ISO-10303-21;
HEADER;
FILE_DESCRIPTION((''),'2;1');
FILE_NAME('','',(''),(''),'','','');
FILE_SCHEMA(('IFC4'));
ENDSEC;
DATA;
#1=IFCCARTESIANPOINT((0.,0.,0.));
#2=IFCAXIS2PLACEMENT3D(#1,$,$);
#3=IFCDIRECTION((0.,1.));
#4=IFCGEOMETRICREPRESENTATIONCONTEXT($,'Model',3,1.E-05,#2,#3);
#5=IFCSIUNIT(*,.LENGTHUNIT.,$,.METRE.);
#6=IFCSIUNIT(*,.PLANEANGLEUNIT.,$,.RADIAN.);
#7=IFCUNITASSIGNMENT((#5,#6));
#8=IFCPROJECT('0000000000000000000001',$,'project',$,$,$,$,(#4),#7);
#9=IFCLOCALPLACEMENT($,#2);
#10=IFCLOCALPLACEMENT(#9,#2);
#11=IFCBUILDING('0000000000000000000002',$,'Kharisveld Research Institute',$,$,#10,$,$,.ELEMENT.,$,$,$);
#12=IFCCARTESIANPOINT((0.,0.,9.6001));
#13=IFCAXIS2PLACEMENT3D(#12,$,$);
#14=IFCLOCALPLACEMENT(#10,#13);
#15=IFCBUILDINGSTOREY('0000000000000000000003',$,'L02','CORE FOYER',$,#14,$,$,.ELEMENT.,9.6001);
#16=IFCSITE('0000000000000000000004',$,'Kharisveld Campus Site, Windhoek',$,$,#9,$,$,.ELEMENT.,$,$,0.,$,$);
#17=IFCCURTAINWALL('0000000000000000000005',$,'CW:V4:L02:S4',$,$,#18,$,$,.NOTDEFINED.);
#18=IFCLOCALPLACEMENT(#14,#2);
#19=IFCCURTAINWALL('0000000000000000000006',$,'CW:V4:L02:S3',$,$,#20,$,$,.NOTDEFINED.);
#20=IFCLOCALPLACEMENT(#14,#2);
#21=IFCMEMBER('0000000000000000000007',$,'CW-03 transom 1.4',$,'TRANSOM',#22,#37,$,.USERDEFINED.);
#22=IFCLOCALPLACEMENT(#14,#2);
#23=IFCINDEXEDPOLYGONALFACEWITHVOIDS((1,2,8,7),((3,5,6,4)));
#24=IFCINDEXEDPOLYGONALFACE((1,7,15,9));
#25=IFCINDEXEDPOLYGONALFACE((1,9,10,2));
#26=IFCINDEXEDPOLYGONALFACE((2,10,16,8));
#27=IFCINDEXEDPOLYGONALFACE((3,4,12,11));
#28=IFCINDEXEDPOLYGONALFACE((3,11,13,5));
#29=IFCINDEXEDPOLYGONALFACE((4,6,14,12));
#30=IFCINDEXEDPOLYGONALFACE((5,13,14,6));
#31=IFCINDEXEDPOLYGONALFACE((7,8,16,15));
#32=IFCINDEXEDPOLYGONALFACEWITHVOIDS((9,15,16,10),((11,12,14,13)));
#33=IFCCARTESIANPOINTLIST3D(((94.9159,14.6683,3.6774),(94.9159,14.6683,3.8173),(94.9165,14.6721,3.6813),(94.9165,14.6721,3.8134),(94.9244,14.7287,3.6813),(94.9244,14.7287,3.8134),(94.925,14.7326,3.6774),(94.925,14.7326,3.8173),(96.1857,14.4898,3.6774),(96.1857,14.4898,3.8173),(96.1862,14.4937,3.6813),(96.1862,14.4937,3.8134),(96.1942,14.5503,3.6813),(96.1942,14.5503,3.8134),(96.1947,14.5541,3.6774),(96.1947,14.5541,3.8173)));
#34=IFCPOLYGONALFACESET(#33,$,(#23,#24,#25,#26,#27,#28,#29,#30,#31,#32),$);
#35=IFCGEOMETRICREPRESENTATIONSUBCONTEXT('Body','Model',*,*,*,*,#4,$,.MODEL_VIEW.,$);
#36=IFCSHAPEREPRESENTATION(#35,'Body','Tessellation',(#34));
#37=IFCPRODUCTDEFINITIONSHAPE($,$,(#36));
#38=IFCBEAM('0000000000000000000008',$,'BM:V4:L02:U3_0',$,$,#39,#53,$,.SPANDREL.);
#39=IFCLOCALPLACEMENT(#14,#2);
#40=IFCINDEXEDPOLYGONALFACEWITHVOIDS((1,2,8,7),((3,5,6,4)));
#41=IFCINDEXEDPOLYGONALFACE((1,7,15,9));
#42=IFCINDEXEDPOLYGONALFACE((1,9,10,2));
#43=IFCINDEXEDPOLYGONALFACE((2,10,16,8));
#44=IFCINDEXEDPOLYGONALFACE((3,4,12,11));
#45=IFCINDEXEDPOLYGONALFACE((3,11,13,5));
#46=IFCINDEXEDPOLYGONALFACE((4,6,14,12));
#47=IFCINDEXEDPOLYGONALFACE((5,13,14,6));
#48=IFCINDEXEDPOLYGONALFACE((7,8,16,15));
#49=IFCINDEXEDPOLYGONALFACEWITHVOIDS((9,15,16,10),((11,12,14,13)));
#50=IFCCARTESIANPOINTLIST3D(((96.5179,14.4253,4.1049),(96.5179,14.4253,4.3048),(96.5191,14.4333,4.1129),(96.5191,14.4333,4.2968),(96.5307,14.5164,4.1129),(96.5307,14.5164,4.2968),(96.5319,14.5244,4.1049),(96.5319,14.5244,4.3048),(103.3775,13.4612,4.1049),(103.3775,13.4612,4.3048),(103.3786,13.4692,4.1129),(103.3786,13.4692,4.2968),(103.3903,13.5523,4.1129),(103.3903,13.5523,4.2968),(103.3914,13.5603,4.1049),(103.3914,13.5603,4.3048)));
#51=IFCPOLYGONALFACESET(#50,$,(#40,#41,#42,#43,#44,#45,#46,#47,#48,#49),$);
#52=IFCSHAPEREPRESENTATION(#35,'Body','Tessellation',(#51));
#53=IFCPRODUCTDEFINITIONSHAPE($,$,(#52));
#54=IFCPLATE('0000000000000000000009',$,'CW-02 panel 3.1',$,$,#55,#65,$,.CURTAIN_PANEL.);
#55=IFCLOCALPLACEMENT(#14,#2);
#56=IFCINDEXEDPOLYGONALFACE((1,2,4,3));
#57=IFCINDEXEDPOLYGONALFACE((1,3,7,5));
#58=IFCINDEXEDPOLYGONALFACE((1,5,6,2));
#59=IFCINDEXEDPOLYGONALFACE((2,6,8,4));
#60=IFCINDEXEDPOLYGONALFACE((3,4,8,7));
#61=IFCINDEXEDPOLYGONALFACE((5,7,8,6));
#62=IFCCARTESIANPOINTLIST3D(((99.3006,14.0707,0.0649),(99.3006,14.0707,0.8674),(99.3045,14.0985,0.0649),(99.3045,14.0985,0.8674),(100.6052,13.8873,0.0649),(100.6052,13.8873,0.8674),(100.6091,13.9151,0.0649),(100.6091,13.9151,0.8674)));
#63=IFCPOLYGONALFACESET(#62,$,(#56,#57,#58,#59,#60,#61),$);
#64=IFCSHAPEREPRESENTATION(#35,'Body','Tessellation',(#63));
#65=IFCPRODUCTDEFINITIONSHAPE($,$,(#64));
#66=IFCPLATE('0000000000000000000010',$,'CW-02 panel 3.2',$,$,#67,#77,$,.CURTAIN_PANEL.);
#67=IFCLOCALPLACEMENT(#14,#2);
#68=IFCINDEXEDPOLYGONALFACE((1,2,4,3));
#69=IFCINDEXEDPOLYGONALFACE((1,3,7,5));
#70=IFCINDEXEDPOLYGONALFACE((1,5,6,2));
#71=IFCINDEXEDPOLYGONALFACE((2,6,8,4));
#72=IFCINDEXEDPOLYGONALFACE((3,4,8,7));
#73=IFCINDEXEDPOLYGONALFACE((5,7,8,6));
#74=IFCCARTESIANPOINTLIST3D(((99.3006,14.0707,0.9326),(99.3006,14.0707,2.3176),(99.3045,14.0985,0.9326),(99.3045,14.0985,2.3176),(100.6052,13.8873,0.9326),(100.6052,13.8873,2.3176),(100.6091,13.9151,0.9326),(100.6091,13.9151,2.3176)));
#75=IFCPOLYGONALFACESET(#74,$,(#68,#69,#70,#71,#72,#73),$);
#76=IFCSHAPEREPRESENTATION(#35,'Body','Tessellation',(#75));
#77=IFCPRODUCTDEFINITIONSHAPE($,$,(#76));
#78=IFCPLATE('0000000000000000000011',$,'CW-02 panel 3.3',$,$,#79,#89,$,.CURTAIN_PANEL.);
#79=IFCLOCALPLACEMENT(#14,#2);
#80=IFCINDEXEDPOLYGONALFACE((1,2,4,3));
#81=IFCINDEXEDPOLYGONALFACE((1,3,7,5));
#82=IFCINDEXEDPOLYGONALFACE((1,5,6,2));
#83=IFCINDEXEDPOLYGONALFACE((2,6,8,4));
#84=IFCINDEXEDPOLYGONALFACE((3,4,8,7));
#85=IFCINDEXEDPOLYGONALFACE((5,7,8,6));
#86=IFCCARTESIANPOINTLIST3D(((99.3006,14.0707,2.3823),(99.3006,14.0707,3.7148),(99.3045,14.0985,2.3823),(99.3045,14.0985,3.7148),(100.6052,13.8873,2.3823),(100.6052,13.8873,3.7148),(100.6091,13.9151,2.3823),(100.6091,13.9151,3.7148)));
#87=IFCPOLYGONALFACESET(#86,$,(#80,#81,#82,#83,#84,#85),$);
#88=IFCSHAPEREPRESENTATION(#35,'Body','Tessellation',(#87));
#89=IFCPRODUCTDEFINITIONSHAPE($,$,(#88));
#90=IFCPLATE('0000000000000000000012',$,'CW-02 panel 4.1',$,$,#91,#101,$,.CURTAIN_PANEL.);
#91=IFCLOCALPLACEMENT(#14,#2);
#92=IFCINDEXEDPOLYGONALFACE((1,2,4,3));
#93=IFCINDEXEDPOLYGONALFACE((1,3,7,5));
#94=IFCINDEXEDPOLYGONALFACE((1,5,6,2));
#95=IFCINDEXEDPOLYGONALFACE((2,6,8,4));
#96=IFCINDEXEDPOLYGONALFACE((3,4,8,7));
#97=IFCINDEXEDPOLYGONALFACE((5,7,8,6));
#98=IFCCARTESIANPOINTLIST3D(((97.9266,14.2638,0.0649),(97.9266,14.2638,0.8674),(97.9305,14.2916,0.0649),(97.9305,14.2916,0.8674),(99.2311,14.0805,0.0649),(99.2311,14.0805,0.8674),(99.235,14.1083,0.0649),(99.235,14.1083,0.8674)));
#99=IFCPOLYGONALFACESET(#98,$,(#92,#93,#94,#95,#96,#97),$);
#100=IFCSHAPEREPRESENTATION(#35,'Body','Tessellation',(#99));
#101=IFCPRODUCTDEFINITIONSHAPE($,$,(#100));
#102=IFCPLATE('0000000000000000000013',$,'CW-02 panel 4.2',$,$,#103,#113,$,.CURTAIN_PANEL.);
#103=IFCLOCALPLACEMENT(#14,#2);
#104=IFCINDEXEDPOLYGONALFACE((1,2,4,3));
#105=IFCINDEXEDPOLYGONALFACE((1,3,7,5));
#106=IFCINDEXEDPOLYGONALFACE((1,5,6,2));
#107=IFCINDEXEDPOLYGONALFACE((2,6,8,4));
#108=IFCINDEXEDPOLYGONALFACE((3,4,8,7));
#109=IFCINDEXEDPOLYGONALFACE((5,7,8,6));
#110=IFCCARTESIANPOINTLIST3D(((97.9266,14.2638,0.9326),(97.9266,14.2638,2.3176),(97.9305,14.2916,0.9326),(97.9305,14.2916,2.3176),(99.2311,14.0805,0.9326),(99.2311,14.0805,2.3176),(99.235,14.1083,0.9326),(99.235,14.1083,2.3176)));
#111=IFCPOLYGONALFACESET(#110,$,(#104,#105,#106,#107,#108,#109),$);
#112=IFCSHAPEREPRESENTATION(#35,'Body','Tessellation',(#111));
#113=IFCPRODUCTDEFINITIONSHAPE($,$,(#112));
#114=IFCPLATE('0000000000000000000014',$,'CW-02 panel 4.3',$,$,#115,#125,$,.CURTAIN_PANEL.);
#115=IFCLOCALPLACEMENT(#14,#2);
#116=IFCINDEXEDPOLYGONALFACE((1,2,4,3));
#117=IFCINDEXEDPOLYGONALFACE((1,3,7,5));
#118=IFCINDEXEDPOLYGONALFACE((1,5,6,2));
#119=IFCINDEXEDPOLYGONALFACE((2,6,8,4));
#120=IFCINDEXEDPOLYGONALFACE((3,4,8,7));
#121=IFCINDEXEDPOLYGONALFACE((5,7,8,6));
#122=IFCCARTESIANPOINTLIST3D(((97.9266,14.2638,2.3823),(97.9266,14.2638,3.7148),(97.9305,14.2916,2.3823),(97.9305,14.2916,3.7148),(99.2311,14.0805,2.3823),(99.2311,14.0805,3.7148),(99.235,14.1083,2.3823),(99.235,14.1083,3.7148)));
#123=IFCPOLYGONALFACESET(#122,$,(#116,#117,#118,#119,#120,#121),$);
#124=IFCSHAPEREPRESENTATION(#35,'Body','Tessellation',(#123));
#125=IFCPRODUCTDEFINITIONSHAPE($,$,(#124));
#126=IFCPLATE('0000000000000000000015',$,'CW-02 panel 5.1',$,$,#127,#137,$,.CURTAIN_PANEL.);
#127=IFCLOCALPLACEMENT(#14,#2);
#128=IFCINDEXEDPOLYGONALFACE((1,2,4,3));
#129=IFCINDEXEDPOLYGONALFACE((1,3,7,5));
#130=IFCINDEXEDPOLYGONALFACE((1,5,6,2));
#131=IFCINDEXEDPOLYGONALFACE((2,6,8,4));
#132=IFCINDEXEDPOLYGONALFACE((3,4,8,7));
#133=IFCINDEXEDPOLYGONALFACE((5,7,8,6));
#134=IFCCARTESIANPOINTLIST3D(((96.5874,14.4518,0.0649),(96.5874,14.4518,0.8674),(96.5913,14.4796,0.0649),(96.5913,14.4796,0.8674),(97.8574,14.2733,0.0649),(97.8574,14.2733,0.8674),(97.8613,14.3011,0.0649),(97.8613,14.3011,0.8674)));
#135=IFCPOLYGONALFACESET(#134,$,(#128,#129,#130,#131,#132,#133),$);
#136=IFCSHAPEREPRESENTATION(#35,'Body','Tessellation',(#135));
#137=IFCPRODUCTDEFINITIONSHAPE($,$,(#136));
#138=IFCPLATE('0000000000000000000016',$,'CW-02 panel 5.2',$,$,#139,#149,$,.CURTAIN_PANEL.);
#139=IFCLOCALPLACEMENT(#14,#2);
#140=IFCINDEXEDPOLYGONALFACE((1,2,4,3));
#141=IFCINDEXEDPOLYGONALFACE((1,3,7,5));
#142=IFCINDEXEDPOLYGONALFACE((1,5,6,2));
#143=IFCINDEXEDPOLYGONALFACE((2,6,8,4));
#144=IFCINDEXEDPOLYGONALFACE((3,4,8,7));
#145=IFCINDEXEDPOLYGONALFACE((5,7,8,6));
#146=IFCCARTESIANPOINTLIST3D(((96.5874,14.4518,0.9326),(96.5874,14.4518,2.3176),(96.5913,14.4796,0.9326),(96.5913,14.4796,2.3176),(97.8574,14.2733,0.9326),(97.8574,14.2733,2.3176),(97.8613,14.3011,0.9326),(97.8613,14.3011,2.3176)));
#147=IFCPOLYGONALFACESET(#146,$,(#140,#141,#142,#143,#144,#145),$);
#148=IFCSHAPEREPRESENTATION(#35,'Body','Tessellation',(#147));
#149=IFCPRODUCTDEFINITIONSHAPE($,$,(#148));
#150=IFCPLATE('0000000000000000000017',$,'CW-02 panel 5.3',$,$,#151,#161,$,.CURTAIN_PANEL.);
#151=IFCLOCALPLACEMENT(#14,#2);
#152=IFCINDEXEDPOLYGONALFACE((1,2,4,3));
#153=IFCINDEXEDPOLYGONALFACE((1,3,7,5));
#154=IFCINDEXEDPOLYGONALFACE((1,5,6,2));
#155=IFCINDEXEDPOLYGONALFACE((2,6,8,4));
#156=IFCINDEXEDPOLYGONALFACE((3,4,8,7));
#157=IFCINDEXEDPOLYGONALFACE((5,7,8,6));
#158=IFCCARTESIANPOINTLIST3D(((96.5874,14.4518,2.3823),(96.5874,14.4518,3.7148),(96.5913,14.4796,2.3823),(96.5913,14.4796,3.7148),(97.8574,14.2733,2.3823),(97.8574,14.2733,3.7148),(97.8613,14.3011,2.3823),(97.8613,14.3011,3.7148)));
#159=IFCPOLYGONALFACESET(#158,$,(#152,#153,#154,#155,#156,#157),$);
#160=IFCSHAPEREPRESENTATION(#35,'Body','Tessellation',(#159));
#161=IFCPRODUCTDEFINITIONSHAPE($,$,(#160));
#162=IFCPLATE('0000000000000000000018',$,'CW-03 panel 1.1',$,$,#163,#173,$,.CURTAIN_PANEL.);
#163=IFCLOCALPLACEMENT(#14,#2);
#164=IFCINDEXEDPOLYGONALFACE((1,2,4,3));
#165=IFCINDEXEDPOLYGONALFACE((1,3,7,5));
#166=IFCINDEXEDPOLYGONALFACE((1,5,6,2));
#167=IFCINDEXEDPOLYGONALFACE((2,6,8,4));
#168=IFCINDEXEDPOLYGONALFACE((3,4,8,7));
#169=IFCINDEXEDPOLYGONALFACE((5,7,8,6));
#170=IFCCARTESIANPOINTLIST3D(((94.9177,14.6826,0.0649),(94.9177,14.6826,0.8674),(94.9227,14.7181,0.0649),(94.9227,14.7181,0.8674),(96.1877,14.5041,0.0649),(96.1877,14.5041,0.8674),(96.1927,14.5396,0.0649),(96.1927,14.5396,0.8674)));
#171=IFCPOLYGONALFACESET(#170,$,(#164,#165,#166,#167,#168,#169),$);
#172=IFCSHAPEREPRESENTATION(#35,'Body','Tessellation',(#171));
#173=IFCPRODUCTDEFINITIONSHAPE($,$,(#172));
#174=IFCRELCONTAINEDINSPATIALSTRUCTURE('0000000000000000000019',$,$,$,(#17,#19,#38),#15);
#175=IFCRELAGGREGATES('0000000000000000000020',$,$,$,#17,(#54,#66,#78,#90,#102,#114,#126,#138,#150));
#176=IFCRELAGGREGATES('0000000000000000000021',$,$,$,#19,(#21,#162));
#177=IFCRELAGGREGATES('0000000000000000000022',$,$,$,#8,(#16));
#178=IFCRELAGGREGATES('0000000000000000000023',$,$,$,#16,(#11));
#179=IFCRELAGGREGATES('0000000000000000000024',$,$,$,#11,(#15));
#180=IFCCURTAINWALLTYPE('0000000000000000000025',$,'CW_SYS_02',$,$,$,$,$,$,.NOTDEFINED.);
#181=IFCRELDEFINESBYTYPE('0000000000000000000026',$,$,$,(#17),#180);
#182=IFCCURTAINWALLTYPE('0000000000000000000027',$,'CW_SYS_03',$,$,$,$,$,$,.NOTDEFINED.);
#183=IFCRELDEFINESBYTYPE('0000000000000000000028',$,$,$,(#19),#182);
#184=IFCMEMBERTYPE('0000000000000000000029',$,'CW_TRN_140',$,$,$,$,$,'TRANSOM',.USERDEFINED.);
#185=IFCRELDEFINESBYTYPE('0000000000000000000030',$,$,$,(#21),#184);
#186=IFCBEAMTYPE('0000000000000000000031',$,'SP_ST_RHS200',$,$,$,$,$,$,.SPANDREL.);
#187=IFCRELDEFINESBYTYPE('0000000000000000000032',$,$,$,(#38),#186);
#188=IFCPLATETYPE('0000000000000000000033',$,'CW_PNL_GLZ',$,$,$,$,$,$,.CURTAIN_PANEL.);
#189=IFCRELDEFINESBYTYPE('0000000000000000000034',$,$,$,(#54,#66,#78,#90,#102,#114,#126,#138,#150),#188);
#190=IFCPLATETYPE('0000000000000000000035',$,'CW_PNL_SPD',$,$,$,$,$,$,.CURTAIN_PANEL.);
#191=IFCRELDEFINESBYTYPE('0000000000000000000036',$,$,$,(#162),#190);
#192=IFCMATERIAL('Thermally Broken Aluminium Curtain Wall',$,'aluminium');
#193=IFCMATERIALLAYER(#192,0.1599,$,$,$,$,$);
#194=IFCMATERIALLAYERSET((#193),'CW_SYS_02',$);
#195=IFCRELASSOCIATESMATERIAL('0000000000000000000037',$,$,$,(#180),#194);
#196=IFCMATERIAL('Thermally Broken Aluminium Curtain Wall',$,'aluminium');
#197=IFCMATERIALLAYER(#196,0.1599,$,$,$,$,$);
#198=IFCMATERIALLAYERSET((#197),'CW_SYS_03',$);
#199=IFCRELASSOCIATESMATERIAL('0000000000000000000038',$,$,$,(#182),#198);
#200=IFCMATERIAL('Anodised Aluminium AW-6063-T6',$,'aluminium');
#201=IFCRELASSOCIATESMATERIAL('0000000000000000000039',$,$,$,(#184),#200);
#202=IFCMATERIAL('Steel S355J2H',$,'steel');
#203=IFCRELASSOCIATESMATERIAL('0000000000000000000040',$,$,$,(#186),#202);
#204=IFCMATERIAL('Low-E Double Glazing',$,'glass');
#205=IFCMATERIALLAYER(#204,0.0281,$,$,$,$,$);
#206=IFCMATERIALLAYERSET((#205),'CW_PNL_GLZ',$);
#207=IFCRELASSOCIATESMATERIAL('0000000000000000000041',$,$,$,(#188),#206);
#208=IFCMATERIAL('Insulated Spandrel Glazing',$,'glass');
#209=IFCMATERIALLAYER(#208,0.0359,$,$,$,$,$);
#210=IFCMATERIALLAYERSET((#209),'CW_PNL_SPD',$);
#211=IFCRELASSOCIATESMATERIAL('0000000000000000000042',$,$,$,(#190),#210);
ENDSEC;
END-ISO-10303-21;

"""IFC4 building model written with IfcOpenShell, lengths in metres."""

from ifc_helpers import new_model, si_unit, direction, frame, origin, origin_2d, place, context, subcontext, project, spatial, rectangle, hollow_rectangle, extrude, material, layer, layer_set, material_profile, profile_set, type_object, element, aggregate, save


model = new_model("IFC4")

# Units and contexts
model_context = context("Model", 3, precision=1e-05, world=origin(), true_north=direction((0.0, 1.0)))
body_context = subcontext(model_context, "Body", "Model", "MODEL_VIEW")
ifc_project = project(units=[si_unit("LENGTHUNIT", "METRE"), si_unit("PLANEANGLEUNIT", "RADIAN")], contexts=[model_context])

# Site, building, storey
site_placement = place(None, origin())
site = spatial("IfcSite", under=ifc_project, at=site_placement, Name="Kharisveld Campus Site, Windhoek", CompositionType="ELEMENT", RefElevation=0.0)
building_placement = place(site_placement, origin())
building = spatial("IfcBuilding", under=site, at=building_placement, Name="Kharisveld Research Institute", CompositionType="ELEMENT")
storey_placement = place(building_placement, frame((0.0, 0.0, 9.6001)))
storey = spatial("IfcBuildingStorey", under=building, at=storey_placement, Name="L02", Description="CORE FOYER", CompositionType="ELEMENT", Elevation=9.6001)

# Curtain wall
ifc_material_1 = material(Name="Thermally Broken Aluminium Curtain Wall", Category="aluminium")
ifc_layer_1 = layer(ifc_material_1, 0.1599)
ifc_layer_set_1 = layer_set([ifc_layer_1], Name="CW_SYS_02")
curtain_wall_type_1 = type_object("IfcCurtainWallType", Name="CW_SYS_02", PredefinedType="NOTDEFINED", material=ifc_layer_set_1)
curtain_wall_1_placement = place(storey_placement, origin())
curtain_wall_1 = element("IfcCurtainWall", 1, at=curtain_wall_1_placement, inside=storey, type_object=curtain_wall_type_1, Name="CW:V4:L02:S4", PredefinedType="NOTDEFINED")

# Curtain wall
ifc_material_2 = material(Name="Thermally Broken Aluminium Curtain Wall", Category="aluminium")
ifc_layer_2 = layer(ifc_material_2, 0.1599)
ifc_layer_set_2 = layer_set([ifc_layer_2], Name="CW_SYS_03")
curtain_wall_type_2 = type_object("IfcCurtainWallType", Name="CW_SYS_03", PredefinedType="NOTDEFINED", material=ifc_layer_set_2)
curtain_wall_2_placement = place(storey_placement, origin())
curtain_wall_2 = element("IfcCurtainWall", 2, at=curtain_wall_2_placement, inside=storey, type_object=curtain_wall_type_2, Name="CW:V4:L02:S3", PredefinedType="NOTDEFINED")

# Member
ifc_material_3 = material(Name="Anodised Aluminium AW-6063-T6", Category="aluminium")
ifc_material_profile_1 = material_profile(ifc_material_3, hollow_rectangle(XDim=0.0649, YDim=0.1399, WallThickness=0.0039, at=origin_2d()))
ifc_profile_set_1 = profile_set([ifc_material_profile_1], Name="Anodised Aluminium AW-6063-T6")
member_type_1 = type_object("IfcMemberType", Name="CW_TRN_140", ElementType="TRANSOM", PredefinedType="USERDEFINED", material=ifc_profile_set_1)
member_1_placement = place(storey_placement, frame((96.1902, 14.522, 3.7473), z_axis=(-0.990267, 0.139182, 0.0), x_axis=(-0.139182, -0.990267, 0.0)))
member_1 = element("IfcMember", 3, at=member_1_placement, type_object=member_type_1, Name="CW-03 transom 1.4", ObjectType="TRANSOM", PredefinedType="USERDEFINED", context=body_context, shape_type="SweptSolid", body=[
    extrude(hollow_rectangle(XDim=0.0649, YDim=0.1399, WallThickness=0.0039, at=origin_2d()), origin(), (0.0, 0.0, 1.0), 1.2822),
])

# Beam
ifc_material_4 = material(Name="Steel S355J2H", Category="steel")
ifc_material_profile_2 = material_profile(ifc_material_4, hollow_rectangle(XDim=0.1001, YDim=0.2, WallThickness=0.0081, at=origin_2d()))
ifc_profile_set_2 = profile_set([ifc_material_profile_2], Name="Steel S355J2H")
beam_type = type_object("IfcBeamType", Name="SP_ST_RHS200", PredefinedType="SPANDREL", material=ifc_profile_set_2)
beam_placement = place(storey_placement, frame((96.5249, 14.4749, 4.2048), z_axis=(0.990267, -0.139181, 0.0), x_axis=(0.139181, 0.990267, 0.0)))
element("IfcBeam", 4, at=beam_placement, inside=storey, type_object=beam_type, Name="BM:V4:L02:U3_0", PredefinedType="SPANDREL", context=body_context, shape_type="SweptSolid", body=[
    extrude(hollow_rectangle(XDim=0.1001, YDim=0.2, WallThickness=0.0081, at=origin_2d()), origin(), (0.0, 0.0, 1.0), 6.927),
])

# Plates
ifc_material_5 = material(Name="Low-E Double Glazing", Category="glass")
ifc_layer_3 = layer(ifc_material_5, 0.0281)
ifc_layer_set_3 = layer_set([ifc_layer_3], Name="CW_PNL_GLZ")
plate_type_1 = type_object("IfcPlateType", Name="CW_PNL_GLZ", PredefinedType="CURTAIN_PANEL", material=ifc_layer_set_3)
plate_1_placement = place(storey_placement, frame((99.9548, 13.9929, 0.0649), z_axis=(0.0, 0.0, 1.0), x_axis=(-0.990268, 0.139173, 0.0)))
plate_1 = element("IfcPlate", 5, at=plate_1_placement, type_object=plate_type_1, Name="CW-02 panel 3.1", PredefinedType="CURTAIN_PANEL", context=body_context, shape_type="SweptSolid", body=[
    extrude(rectangle(XDim=1.3174, YDim=0.0281, at=origin_2d()), origin(), (0.0, 0.0, 1.0), 0.8025),
])
plate_2_placement = place(storey_placement, frame((99.9548, 13.9929, 0.9326), z_axis=(0.0, 0.0, 1.0), x_axis=(-0.990268, 0.139173, 0.0)))
plate_2 = element("IfcPlate", 6, at=plate_2_placement, type_object=plate_type_1, Name="CW-02 panel 3.2", PredefinedType="CURTAIN_PANEL", context=body_context, shape_type="SweptSolid", body=[
    extrude(rectangle(XDim=1.3174, YDim=0.0281, at=origin_2d()), origin(), (0.0, 0.0, 1.0), 1.385),
])
plate_3_placement = place(storey_placement, frame((99.9548, 13.9929, 2.3823), z_axis=(0.0, 0.0, 1.0), x_axis=(-0.990268, 0.139173, 0.0)))
plate_3 = element("IfcPlate", 7, at=plate_3_placement, type_object=plate_type_1, Name="CW-02 panel 3.3", PredefinedType="CURTAIN_PANEL", context=body_context, shape_type="SweptSolid", body=[
    extrude(rectangle(XDim=1.3174, YDim=0.0281, at=origin_2d()), origin(), (0.0, 0.0, 1.0), 1.3325),
])
plate_4_placement = place(storey_placement, frame((98.5808, 14.186, 0.0649), z_axis=(0.0, 0.0, 1.0), x_axis=(-0.990268, 0.139173, 0.0)))
plate_4 = element("IfcPlate", 8, at=plate_4_placement, type_object=plate_type_1, Name="CW-02 panel 4.1", PredefinedType="CURTAIN_PANEL", context=body_context, shape_type="SweptSolid", body=[
    extrude(rectangle(XDim=1.3174, YDim=0.0281, at=origin_2d()), origin(), (0.0, 0.0, 1.0), 0.8025),
])
plate_5_placement = place(storey_placement, frame((98.5808, 14.186, 0.9326), z_axis=(0.0, 0.0, 1.0), x_axis=(-0.990268, 0.139173, 0.0)))
plate_5 = element("IfcPlate", 9, at=plate_5_placement, type_object=plate_type_1, Name="CW-02 panel 4.2", PredefinedType="CURTAIN_PANEL", context=body_context, shape_type="SweptSolid", body=[
    extrude(rectangle(XDim=1.3174, YDim=0.0281, at=origin_2d()), origin(), (0.0, 0.0, 1.0), 1.385),
])
plate_6_placement = place(storey_placement, frame((98.5808, 14.186, 2.3823), z_axis=(0.0, 0.0, 1.0), x_axis=(-0.990268, 0.139173, 0.0)))
plate_6 = element("IfcPlate", 10, at=plate_6_placement, type_object=plate_type_1, Name="CW-02 panel 4.3", PredefinedType="CURTAIN_PANEL", context=body_context, shape_type="SweptSolid", body=[
    extrude(rectangle(XDim=1.3174, YDim=0.0281, at=origin_2d()), origin(), (0.0, 0.0, 1.0), 1.3325),
])
plate_7_placement = place(storey_placement, frame((97.2244, 14.3765, 0.0649), z_axis=(0.0, 0.0, 1.0), x_axis=(-0.990268, 0.139173, 0.0)))
plate_7 = element("IfcPlate", 11, at=plate_7_placement, type_object=plate_type_1, Name="CW-02 panel 5.1", PredefinedType="CURTAIN_PANEL", context=body_context, shape_type="SweptSolid", body=[
    extrude(rectangle(XDim=1.2825, YDim=0.0281, at=origin_2d()), origin(), (0.0, 0.0, 1.0), 0.8025),
])
plate_8_placement = place(storey_placement, frame((97.2244, 14.3765, 0.9326), z_axis=(0.0, 0.0, 1.0), x_axis=(-0.990268, 0.139173, 0.0)))
plate_8 = element("IfcPlate", 12, at=plate_8_placement, type_object=plate_type_1, Name="CW-02 panel 5.2", PredefinedType="CURTAIN_PANEL", context=body_context, shape_type="SweptSolid", body=[
    extrude(rectangle(XDim=1.2825, YDim=0.0281, at=origin_2d()), origin(), (0.0, 0.0, 1.0), 1.385),
])
plate_9_placement = place(storey_placement, frame((97.2244, 14.3765, 2.3823), z_axis=(0.0, 0.0, 1.0), x_axis=(-0.990268, 0.139173, 0.0)))
plate_9 = element("IfcPlate", 13, at=plate_9_placement, type_object=plate_type_1, Name="CW-02 panel 5.3", PredefinedType="CURTAIN_PANEL", context=body_context, shape_type="SweptSolid", body=[
    extrude(rectangle(XDim=1.2825, YDim=0.0281, at=origin_2d()), origin(), (0.0, 0.0, 1.0), 1.3325),
])
aggregate(curtain_wall_1, [plate_1, plate_2, plate_3, plate_4, plate_5, plate_6, plate_7, plate_8, plate_9])
ifc_material_6 = material(Name="Insulated Spandrel Glazing", Category="glass")
ifc_layer_4 = layer(ifc_material_6, 0.0359)
ifc_layer_set_4 = layer_set([ifc_layer_4], Name="CW_PNL_SPD")
plate_type_2 = type_object("IfcPlateType", Name="CW_PNL_SPD", PredefinedType="CURTAIN_PANEL", material=ifc_layer_set_4)
plate_10_placement = place(storey_placement, frame((95.5552, 14.6111, 0.0649), z_axis=(0.0, 0.0, 1.0), x_axis=(-0.990268, 0.139173, 0.0)))
plate_10 = element("IfcPlate", 14, at=plate_10_placement, type_object=plate_type_2, Name="CW-03 panel 1.1", PredefinedType="CURTAIN_PANEL", context=body_context, shape_type="SweptSolid", body=[
    extrude(rectangle(XDim=1.2825, YDim=0.0359, at=origin_2d()), origin(), (0.0, 0.0, 1.0), 0.8025),
])
aggregate(curtain_wall_2, [member_1, plate_10])

save(model, "model.ifc")
